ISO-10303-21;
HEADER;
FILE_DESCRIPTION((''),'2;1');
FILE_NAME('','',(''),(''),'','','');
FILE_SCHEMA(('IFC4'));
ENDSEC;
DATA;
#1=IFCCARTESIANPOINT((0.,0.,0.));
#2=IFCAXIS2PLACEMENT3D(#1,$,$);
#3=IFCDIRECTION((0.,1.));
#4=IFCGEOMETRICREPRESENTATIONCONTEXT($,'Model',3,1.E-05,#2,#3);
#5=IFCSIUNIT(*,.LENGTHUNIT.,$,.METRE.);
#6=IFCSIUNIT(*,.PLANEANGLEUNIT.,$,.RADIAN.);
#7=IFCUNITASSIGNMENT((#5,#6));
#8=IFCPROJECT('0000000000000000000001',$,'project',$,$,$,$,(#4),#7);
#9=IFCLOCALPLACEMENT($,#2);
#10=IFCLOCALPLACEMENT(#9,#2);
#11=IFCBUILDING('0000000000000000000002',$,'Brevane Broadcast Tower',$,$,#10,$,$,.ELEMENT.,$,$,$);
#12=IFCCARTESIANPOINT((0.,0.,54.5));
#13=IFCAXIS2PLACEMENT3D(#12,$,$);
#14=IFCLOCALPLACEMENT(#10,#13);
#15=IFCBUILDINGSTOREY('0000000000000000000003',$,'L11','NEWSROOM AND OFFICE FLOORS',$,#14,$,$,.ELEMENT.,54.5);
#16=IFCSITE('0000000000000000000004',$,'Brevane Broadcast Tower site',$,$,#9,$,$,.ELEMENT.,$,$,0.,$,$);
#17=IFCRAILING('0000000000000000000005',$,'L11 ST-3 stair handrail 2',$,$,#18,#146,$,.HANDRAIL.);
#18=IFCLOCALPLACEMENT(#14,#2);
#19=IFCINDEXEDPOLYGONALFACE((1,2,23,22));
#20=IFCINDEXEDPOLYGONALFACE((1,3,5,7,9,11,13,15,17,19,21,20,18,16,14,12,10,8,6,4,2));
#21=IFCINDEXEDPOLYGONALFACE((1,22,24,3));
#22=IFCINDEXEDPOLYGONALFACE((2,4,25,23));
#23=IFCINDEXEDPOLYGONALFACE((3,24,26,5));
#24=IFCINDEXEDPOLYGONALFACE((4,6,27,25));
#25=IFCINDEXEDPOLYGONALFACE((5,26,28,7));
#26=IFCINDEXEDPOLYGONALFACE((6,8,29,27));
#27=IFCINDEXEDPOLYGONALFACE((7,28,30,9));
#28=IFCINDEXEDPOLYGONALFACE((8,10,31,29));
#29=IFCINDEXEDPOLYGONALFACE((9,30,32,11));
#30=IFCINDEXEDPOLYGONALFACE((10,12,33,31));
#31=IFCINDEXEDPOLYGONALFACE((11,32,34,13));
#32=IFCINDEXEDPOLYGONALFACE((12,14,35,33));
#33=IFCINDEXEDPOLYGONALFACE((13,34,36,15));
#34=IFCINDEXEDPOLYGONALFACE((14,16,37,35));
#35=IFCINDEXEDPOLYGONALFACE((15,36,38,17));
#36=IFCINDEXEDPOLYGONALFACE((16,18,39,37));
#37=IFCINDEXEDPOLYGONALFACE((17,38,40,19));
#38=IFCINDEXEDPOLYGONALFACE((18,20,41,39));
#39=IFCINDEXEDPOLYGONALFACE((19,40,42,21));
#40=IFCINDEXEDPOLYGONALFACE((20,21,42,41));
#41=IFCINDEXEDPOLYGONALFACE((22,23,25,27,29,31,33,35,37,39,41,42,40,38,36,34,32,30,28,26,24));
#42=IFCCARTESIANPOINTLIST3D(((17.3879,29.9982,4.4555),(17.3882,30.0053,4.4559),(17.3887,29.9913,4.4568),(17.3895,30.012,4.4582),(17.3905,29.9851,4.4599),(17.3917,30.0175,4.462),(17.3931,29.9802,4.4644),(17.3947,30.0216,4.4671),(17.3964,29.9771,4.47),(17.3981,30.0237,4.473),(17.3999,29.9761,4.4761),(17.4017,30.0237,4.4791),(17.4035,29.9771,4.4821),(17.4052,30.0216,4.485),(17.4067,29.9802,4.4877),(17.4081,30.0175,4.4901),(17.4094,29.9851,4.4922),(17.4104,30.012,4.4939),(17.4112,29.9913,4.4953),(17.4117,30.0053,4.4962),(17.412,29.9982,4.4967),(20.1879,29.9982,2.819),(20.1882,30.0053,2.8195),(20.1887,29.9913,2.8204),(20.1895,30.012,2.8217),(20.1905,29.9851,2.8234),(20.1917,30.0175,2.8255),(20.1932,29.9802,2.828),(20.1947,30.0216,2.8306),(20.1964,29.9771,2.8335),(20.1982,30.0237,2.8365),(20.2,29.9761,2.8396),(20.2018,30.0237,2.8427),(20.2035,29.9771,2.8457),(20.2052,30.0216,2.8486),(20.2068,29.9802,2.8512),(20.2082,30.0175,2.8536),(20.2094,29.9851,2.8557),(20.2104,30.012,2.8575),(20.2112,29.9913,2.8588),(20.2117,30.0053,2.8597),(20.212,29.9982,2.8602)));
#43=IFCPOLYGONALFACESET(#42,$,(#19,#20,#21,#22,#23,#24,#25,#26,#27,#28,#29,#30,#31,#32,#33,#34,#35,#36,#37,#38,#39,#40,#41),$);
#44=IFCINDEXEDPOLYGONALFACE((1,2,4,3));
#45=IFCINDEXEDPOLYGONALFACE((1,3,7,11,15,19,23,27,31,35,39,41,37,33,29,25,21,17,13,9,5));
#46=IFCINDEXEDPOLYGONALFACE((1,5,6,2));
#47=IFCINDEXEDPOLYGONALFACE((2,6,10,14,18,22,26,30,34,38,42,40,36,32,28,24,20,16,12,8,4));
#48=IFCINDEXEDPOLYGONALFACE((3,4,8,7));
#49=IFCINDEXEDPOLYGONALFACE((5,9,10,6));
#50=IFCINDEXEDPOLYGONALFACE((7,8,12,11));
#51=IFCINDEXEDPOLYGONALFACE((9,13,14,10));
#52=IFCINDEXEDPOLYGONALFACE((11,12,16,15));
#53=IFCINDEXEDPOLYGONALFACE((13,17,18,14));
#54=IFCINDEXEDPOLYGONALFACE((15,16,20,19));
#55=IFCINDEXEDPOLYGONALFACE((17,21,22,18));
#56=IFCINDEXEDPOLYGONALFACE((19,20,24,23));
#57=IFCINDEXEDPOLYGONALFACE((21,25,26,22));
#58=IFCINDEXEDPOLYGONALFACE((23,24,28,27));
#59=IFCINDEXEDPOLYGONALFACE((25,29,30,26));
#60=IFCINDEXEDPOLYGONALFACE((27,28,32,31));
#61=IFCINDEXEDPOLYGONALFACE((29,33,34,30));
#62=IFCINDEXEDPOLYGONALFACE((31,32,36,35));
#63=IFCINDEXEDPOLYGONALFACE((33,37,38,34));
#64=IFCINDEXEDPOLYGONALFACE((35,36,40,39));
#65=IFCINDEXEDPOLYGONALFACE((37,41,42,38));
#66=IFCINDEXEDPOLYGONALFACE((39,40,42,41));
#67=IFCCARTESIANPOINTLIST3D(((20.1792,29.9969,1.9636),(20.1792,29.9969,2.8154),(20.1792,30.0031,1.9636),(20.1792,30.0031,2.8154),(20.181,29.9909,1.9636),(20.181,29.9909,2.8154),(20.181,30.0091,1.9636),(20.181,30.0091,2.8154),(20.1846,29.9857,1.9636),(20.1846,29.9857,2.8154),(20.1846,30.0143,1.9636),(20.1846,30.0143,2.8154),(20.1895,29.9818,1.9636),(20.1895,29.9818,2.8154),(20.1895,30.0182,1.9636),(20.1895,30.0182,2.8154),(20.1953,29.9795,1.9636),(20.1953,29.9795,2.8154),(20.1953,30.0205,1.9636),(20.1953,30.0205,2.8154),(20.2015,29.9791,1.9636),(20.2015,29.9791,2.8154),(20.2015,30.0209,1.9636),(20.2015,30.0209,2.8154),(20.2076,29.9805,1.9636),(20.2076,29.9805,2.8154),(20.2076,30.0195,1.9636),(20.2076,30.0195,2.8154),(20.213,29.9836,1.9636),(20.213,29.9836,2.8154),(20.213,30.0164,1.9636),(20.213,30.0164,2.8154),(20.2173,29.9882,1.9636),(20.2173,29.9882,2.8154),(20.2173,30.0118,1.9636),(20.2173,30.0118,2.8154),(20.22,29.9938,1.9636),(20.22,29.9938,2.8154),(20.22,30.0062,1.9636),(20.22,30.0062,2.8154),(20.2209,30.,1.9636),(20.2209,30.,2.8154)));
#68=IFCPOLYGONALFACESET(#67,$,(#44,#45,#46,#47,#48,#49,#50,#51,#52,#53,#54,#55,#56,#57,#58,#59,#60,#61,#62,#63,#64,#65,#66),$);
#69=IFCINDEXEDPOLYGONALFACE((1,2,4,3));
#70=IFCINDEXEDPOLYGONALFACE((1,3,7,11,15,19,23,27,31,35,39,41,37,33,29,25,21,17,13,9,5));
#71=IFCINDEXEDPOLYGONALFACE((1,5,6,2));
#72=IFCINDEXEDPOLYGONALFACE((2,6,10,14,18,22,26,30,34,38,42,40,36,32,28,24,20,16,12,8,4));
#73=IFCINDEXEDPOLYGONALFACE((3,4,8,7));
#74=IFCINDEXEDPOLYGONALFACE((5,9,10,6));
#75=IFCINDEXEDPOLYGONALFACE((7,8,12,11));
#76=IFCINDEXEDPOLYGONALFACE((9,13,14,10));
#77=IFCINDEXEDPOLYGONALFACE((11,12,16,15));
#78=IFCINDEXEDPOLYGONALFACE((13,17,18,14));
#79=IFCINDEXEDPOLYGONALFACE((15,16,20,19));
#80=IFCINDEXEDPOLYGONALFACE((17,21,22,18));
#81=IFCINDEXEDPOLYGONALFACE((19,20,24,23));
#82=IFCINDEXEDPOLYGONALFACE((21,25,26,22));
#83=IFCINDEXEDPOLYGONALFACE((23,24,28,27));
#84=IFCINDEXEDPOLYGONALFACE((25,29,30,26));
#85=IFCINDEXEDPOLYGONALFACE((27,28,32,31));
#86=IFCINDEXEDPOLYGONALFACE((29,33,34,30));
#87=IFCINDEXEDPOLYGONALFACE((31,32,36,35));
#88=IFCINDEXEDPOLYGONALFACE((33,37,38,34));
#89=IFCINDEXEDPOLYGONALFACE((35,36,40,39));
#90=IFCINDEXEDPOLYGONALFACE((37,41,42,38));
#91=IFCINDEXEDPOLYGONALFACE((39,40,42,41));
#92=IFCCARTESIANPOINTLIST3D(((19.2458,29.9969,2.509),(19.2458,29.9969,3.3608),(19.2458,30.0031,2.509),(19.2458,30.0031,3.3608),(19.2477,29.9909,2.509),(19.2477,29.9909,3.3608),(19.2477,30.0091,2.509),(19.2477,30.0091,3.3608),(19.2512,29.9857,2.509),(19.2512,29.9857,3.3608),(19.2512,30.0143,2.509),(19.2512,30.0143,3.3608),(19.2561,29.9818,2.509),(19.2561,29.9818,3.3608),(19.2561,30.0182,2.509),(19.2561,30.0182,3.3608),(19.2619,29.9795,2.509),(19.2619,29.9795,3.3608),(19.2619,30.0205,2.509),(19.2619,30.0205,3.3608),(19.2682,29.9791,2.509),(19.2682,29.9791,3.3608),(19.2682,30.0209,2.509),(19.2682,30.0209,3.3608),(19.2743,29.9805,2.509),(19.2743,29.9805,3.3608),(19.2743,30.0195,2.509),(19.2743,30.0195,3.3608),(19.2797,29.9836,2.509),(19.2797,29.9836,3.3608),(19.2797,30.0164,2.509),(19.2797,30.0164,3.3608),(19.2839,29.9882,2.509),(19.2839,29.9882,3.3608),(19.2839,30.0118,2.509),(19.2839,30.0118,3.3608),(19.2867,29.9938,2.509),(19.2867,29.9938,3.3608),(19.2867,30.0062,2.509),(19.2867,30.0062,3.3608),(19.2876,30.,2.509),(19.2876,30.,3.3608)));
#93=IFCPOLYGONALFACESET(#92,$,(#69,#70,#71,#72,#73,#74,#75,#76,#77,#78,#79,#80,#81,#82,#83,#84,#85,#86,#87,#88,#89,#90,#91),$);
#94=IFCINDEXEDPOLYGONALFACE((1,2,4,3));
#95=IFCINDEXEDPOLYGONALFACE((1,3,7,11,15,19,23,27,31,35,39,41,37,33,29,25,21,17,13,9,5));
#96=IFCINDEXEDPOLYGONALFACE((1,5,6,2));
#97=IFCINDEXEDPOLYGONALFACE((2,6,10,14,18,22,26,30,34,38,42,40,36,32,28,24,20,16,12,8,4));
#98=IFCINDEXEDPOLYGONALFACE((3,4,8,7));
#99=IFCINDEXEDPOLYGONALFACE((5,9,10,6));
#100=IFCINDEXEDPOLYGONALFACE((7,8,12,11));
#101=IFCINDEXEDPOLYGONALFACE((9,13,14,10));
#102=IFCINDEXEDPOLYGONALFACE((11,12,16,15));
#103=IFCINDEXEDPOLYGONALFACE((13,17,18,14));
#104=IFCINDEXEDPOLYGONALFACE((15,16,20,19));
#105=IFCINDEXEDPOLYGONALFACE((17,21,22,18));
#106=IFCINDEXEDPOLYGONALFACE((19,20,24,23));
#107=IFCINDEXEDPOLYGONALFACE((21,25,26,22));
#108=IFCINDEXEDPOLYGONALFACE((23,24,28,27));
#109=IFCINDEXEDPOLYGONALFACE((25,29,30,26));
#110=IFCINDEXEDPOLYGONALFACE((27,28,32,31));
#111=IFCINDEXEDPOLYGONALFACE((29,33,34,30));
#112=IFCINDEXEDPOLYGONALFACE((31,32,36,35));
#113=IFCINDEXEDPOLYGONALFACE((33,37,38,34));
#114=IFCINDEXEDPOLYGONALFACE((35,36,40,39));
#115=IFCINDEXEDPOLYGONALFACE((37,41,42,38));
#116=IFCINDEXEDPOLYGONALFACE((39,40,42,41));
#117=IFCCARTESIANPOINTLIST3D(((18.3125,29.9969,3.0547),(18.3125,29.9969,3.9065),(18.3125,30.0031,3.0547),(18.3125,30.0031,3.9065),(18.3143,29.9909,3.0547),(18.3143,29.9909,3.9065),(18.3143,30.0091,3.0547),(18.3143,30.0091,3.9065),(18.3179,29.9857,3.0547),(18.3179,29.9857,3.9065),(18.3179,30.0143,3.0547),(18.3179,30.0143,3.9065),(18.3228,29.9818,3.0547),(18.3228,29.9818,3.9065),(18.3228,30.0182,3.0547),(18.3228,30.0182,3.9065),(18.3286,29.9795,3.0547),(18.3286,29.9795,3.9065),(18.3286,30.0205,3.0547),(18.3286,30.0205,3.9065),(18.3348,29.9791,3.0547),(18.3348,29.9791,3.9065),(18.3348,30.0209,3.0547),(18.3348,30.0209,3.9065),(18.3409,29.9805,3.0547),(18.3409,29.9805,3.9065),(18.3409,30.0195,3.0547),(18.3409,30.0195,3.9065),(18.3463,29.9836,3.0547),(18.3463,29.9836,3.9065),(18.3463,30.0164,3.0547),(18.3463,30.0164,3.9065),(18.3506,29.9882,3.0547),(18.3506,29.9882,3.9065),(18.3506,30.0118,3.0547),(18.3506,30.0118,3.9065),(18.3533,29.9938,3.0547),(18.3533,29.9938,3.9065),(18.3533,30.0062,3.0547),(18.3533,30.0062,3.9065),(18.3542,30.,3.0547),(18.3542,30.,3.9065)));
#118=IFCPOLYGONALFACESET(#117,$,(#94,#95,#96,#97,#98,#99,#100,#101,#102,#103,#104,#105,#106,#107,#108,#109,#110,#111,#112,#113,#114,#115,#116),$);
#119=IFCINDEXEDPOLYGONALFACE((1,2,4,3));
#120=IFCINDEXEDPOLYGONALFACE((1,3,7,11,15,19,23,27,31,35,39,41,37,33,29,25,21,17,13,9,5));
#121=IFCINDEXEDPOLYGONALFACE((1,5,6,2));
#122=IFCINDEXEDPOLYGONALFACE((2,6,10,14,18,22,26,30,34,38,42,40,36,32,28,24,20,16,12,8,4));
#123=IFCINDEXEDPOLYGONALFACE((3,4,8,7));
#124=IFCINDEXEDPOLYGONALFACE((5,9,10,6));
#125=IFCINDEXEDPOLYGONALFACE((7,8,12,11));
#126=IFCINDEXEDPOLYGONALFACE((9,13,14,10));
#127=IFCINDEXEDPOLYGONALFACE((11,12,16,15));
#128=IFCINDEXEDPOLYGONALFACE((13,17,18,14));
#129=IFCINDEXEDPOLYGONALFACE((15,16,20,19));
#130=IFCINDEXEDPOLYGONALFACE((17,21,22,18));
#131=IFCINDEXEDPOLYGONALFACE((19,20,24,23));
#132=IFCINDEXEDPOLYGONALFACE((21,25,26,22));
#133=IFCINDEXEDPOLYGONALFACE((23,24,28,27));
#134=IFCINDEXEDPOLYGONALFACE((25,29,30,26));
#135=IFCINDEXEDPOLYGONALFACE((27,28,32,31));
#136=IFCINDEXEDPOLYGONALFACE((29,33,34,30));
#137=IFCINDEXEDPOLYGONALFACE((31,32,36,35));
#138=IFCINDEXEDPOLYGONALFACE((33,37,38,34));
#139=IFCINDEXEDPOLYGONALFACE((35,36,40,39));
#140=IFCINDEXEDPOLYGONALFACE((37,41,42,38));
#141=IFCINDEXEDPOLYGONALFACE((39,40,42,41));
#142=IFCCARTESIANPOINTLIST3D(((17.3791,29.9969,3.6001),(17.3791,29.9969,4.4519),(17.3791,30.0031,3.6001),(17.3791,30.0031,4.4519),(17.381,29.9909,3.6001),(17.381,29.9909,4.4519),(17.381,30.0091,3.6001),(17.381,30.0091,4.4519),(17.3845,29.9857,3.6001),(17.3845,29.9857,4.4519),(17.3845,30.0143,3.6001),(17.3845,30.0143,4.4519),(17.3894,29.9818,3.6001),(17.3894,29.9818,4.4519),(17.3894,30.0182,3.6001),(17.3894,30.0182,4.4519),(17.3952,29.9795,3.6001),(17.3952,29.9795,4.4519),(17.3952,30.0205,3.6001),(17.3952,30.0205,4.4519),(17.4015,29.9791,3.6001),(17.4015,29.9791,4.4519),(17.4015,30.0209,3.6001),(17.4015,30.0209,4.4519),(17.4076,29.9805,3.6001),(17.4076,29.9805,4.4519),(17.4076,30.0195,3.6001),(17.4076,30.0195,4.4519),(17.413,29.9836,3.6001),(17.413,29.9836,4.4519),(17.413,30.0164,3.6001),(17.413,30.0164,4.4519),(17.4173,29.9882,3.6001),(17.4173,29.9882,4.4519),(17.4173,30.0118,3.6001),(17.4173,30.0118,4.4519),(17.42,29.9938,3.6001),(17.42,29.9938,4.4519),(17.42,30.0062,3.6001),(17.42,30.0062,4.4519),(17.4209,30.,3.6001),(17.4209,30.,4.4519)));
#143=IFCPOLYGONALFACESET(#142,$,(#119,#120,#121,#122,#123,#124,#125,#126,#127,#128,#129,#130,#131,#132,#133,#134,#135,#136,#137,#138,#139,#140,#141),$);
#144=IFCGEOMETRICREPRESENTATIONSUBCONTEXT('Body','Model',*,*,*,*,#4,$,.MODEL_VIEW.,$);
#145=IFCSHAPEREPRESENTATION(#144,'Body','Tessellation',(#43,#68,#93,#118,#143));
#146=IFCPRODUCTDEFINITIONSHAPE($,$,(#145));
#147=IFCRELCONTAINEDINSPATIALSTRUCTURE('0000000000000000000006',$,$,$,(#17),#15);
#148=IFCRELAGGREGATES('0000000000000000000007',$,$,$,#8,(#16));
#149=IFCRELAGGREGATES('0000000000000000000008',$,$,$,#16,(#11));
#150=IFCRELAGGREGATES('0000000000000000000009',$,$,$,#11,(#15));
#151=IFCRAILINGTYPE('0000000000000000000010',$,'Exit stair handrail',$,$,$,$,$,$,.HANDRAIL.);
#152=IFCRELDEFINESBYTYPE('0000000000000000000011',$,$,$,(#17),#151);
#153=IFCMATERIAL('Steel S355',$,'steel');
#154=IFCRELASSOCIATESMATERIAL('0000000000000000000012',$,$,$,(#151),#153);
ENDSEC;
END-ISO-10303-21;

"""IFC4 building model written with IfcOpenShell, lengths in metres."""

from ifc_helpers import new_model, si_unit, direction, frame, origin, origin_2d, place, context, subcontext, project, spatial, circle, extrude, material, type_object, element, save


model = new_model("IFC4")

# Units and contexts
model_context = context("Model", 3, precision=1e-05, world=origin(), true_north=direction((0.0, 1.0)))
body_context = subcontext(model_context, "Body", "Model", "MODEL_VIEW")
ifc_project = project(units=[si_unit("LENGTHUNIT", "METRE"), si_unit("PLANEANGLEUNIT", "RADIAN")], contexts=[model_context])

# Site, building, storey
site_placement = place(None, origin())
site = spatial("IfcSite", under=ifc_project, at=site_placement, Name="Brevane Broadcast Tower site", CompositionType="ELEMENT", RefElevation=0.0)
building_placement = place(site_placement, origin())
building = spatial("IfcBuilding", under=site, at=building_placement, Name="Brevane Broadcast Tower", CompositionType="ELEMENT")
storey_placement = place(building_placement, frame((0.0, 0.0, 54.5)))
storey = spatial("IfcBuildingStorey", under=building, at=storey_placement, Name="L11", Description="NEWSROOM AND OFFICE FLOORS", CompositionType="ELEMENT", Elevation=54.5)

# Railing
ifc_material_1 = material(Name="Steel S355", Category="steel")
railing_type_1 = type_object("IfcRailingType", Name="Exit stair handrail", PredefinedType="HANDRAIL", material=ifc_material_1)
railing_1_placement = place(storey_placement, frame((20.2, 30.0, 1.9636)))
element("IfcRailing", 1, at=railing_1_placement, inside=storey, type_object=railing_type_1, Name="L11 ST-3 stair handrail 2", PredefinedType="HANDRAIL", context=body_context, shape_type="SweptSolid", body=[
    extrude(circle(Radius=0.0239, at=origin_2d()), frame((0.0, 0.0, 0.876), z_axis=(-0.863361, 0.0, 0.504587), x_axis=(0.0, -1.0, 0.0)), (0.0, 0.0, 1.0), 3.2432),
    extrude(circle(Radius=0.021, at=origin_2d()), origin(), (0.0, 0.0, 1.0), 0.8518),
    extrude(circle(Radius=0.021, at=origin_2d()), frame((-0.9333, 0.0, 0.5454)), (0.0, 0.0, 1.0), 0.8518),
    extrude(circle(Radius=0.021, at=origin_2d()), frame((-1.8667, 0.0, 1.0911)), (0.0, 0.0, 1.0), 0.8518),
    extrude(circle(Radius=0.021, at=origin_2d()), frame((-2.8, 0.0, 1.6365)), (0.0, 0.0, 1.0), 0.8518),
])

save(model, "model.ifc")
